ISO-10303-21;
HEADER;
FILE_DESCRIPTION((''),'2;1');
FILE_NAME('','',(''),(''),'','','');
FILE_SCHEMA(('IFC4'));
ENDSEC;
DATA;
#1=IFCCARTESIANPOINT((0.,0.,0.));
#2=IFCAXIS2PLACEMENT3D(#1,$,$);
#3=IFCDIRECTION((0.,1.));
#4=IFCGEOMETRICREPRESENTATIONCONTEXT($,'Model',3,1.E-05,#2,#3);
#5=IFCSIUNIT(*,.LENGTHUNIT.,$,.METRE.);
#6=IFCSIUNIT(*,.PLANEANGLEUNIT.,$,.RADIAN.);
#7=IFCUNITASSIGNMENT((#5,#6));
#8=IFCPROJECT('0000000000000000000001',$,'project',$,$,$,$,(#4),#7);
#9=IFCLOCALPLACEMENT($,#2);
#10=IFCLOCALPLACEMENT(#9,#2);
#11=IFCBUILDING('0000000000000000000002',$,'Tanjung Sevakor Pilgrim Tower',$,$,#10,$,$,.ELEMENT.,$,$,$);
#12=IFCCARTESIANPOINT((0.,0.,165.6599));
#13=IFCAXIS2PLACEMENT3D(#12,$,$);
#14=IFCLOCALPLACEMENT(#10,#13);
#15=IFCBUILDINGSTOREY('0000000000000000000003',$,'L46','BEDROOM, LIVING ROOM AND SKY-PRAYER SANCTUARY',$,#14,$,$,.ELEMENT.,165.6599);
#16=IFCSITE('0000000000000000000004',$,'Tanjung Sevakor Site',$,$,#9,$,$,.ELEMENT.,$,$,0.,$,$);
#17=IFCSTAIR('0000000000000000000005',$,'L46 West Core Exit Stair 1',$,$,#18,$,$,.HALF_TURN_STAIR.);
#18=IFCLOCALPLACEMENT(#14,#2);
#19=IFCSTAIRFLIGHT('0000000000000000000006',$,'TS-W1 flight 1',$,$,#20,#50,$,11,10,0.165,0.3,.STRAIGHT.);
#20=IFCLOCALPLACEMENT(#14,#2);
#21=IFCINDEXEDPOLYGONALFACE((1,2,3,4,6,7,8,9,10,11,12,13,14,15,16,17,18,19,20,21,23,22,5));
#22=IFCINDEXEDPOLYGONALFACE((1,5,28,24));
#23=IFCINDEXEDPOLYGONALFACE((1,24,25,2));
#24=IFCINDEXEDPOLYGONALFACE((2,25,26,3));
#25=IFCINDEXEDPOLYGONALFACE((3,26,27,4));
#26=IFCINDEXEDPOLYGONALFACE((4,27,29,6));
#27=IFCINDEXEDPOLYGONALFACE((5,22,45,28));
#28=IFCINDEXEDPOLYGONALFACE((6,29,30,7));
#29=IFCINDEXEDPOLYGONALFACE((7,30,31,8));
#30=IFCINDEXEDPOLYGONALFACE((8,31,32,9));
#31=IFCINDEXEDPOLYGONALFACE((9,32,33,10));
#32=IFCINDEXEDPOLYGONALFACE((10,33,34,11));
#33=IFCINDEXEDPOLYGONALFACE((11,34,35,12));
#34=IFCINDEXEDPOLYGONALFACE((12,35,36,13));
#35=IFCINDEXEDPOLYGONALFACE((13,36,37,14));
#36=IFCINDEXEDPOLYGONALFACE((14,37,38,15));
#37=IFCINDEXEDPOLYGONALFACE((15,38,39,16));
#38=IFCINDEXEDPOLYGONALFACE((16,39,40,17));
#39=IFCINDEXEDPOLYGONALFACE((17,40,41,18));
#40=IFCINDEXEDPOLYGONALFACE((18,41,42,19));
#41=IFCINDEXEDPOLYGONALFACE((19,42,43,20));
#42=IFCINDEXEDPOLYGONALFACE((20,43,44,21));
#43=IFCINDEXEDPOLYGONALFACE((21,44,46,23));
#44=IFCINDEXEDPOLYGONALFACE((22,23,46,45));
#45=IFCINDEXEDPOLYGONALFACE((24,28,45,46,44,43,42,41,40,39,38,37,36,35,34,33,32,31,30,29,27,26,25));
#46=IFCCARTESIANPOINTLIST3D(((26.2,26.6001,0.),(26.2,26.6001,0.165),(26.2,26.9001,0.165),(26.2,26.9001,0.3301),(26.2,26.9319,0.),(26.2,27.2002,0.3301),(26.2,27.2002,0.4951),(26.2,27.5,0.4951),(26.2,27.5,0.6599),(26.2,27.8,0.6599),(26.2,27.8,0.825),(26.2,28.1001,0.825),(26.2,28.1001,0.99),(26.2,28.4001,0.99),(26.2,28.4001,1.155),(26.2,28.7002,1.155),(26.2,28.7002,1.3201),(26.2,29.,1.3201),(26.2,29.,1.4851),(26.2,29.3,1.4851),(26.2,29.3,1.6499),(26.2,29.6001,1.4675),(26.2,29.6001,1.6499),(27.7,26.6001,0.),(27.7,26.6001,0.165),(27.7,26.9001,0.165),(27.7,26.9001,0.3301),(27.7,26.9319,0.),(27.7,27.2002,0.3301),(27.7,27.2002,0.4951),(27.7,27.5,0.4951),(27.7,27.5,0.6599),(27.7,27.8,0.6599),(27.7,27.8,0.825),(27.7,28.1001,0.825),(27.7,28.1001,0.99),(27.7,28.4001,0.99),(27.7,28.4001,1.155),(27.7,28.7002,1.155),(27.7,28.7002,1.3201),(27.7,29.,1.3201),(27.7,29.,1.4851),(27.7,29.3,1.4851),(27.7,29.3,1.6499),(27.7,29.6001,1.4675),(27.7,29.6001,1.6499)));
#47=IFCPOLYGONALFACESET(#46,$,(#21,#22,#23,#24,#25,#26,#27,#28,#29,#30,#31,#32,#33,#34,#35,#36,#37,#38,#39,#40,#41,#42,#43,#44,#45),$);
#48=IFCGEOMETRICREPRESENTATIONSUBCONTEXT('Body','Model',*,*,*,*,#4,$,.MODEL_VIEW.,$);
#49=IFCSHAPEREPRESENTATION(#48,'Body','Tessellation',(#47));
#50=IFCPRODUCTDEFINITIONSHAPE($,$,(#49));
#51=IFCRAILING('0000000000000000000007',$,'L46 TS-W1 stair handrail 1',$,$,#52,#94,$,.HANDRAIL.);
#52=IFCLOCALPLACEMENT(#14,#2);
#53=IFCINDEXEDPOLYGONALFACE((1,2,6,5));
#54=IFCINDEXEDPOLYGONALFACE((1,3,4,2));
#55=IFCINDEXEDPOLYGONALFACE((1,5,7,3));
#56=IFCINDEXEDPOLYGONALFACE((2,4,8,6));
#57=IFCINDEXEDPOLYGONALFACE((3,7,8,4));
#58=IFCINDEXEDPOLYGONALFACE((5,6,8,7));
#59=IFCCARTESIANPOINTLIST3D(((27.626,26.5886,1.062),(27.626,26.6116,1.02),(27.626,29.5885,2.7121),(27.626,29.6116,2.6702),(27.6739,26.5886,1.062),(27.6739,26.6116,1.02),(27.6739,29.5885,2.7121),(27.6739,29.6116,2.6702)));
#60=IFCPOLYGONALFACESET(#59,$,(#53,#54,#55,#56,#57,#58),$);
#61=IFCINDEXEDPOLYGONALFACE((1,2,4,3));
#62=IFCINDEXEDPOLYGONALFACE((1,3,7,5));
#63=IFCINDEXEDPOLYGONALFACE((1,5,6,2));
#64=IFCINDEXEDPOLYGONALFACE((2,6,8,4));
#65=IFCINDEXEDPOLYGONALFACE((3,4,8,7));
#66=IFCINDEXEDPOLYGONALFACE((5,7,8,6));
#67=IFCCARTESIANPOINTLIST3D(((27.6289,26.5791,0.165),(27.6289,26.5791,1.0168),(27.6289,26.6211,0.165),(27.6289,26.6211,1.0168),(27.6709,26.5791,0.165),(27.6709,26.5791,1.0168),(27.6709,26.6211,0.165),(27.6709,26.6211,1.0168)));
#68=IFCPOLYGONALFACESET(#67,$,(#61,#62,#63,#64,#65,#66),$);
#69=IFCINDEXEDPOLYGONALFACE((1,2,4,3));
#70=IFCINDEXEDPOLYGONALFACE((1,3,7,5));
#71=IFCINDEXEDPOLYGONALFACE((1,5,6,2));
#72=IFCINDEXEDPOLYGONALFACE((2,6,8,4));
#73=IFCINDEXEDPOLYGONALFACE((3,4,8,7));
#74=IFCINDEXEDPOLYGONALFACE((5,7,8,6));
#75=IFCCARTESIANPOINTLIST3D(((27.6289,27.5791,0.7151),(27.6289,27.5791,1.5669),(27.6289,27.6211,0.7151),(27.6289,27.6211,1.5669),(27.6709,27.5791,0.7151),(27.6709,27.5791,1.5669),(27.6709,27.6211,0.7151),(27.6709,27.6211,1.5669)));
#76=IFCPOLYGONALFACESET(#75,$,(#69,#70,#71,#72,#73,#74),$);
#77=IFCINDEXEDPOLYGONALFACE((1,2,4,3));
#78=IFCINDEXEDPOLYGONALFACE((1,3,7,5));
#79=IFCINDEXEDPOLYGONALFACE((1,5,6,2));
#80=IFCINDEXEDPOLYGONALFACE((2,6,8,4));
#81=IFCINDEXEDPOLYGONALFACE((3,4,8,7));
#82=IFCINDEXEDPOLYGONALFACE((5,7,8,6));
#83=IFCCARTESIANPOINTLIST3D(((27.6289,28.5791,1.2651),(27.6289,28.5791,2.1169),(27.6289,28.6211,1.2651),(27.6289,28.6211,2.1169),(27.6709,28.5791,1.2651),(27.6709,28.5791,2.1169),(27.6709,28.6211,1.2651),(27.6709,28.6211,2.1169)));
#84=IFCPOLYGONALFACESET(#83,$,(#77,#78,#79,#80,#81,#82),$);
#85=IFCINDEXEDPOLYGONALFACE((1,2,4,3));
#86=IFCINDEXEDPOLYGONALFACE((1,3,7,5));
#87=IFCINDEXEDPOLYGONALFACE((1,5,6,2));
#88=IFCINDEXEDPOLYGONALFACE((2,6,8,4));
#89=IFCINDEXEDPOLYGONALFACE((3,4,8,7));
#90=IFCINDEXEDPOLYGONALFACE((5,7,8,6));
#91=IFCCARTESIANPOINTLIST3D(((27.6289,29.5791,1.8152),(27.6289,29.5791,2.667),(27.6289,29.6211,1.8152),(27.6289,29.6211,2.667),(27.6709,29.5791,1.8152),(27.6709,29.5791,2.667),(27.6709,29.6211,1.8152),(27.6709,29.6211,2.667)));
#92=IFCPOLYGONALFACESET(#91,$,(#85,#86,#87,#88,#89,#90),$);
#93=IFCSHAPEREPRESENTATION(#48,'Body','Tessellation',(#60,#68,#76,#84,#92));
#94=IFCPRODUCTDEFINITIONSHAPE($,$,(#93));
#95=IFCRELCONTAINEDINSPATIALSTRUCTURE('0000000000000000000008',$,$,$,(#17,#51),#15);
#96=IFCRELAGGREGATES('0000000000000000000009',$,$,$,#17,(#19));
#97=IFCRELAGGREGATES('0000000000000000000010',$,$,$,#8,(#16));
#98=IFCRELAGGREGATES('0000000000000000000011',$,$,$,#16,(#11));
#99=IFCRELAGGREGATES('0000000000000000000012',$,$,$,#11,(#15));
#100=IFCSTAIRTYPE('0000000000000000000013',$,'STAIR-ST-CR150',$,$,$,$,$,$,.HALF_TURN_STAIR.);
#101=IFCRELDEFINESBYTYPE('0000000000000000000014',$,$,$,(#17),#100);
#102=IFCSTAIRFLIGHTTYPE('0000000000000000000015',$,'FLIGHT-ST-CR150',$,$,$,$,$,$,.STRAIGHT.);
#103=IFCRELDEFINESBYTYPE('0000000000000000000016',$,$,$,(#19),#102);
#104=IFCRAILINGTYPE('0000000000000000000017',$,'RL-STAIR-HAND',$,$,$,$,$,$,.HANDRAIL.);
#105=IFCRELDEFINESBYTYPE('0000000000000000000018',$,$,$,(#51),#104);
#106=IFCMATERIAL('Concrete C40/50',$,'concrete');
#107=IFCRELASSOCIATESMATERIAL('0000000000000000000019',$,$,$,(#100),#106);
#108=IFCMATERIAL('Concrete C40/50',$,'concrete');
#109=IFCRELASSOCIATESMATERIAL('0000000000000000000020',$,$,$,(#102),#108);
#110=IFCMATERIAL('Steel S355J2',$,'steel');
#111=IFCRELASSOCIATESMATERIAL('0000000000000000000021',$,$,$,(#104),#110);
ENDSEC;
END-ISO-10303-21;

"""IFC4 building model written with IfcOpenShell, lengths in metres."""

from ifc_helpers import new_model, si_unit, direction, frame, origin, place, context, subcontext, project, spatial, polyline, rectangle, outline, extrude, material, type_object, element, aggregate, save


model = new_model("IFC4")

# Units and contexts
model_context = context("Model", 3, precision=1e-05, world=origin(), true_north=direction((0.0, 1.0)))
body_context = subcontext(model_context, "Body", "Model", "MODEL_VIEW")
ifc_project = project(units=[si_unit("LENGTHUNIT", "METRE"), si_unit("PLANEANGLEUNIT", "RADIAN")], contexts=[model_context])

# Site, building, storey
site_placement = place(None, origin())
site = spatial("IfcSite", under=ifc_project, at=site_placement, Name="Tanjung Sevakor Site", CompositionType="ELEMENT", RefElevation=0.0)
building_placement = place(site_placement, origin())
building = spatial("IfcBuilding", under=site, at=building_placement, Name="Tanjung Sevakor Pilgrim Tower", CompositionType="ELEMENT")
storey_placement = place(building_placement, frame((0.0, 0.0, 165.6599)))
storey = spatial("IfcBuildingStorey", under=building, at=storey_placement, Name="L46", Description="BEDROOM, LIVING ROOM AND SKY-PRAYER SANCTUARY", CompositionType="ELEMENT", Elevation=165.6599)

# Stair, stair flight
ifc_material_1 = material(Name="Concrete C40/50", Category="concrete")
stair_type = type_object("IfcStairType", Name="STAIR-ST-CR150", PredefinedType="HALF_TURN_STAIR", material=ifc_material_1)
stair_placement = place(storey_placement, origin())
stair = element("IfcStair", 1, at=stair_placement, inside=storey, type_object=stair_type, Name="L46 West Core Exit Stair 1", PredefinedType="HALF_TURN_STAIR")
ifc_material_2 = material(Name="Concrete C40/50", Category="concrete")
stair_flight_type = type_object("IfcStairFlightType", Name="FLIGHT-ST-CR150", PredefinedType="STRAIGHT", material=ifc_material_2)
stair_flight_placement = place(storey_placement, frame((26.95, 26.6001, 0.0), z_axis=(0.0, 0.0, 1.0), x_axis=(0.0, 1.0, 0.0)))
stair_flight = element("IfcStairFlight", 2, at=stair_flight_placement, type_object=stair_flight_type, Name="TS-W1 flight 1", NumberOfRisers=11, NumberOfTreads=10, PredefinedType="STRAIGHT", RiserHeight=0.165, TreadLength=0.3, context=body_context, shape_type="SweptSolid", body=[
    extrude(outline(polyline([(0.0, 0.0), (0.0, 0.165), (0.3, 0.165), (0.3, 0.3301), (0.6001, 0.3301), (0.6001, 0.4951), (0.8999, 0.4951), (0.8999, 0.6599), (1.2, 0.6599), (1.2, 0.825), (1.5, 0.825), (1.5, 0.99), (1.8, 0.99), (1.8, 1.155), (2.1001, 1.155), (2.1001, 1.3201), (2.3999, 1.3201), (2.3999, 1.4851), (2.7, 1.4851), (2.7, 1.6499), (3.0, 1.6499), (3.0, 1.8149), (3.0, 1.4675), (0.3318, 0.0), (0.0, 0.0)])), frame((0.0, 0.75, 0.0), z_axis=(0.0, -1.0, 0.0), x_axis=(1.0, 0.0, 0.0)), (0.0, 0.0, 1.0), 1.5),
])
aggregate(stair, [stair_flight])

# Railing
ifc_material_3 = material(Name="Steel S355J2", Category="steel")
railing_type = type_object("IfcRailingType", Name="RL-STAIR-HAND", PredefinedType="HANDRAIL", material=ifc_material_3)
railing_placement = place(storey_placement, frame((27.6499, 26.6001, 0.165)))
element("IfcRailing", 3, at=railing_placement, inside=storey, type_object=railing_type, Name="L46 TS-W1 stair handrail 1", PredefinedType="HANDRAIL", context=body_context, shape_type="SweptSolid", body=[
    extrude(rectangle(XDim=0.0479, YDim=0.0479), frame((0.0, 0.0, 0.876), z_axis=(0.0, 0.876198, 0.481952), x_axis=(-1.0, 0.0, 0.0)), (0.0, 0.0, 1.0), 3.4238),
    extrude(rectangle(XDim=0.042, YDim=0.042), origin(), (0.0, 0.0, 1.0), 0.8518),
    extrude(rectangle(XDim=0.042, YDim=0.042), frame((0.0, 1.0, 0.55)), (0.0, 0.0, 1.0), 0.8518),
    extrude(rectangle(XDim=0.042, YDim=0.042), frame((0.0, 2.0, 1.1001)), (0.0, 0.0, 1.0), 0.8518),
    extrude(rectangle(XDim=0.042, YDim=0.042), frame((0.0, 3.0, 1.6501)), (0.0, 0.0, 1.0), 0.8518),
])

save(model, "model.ifc")
